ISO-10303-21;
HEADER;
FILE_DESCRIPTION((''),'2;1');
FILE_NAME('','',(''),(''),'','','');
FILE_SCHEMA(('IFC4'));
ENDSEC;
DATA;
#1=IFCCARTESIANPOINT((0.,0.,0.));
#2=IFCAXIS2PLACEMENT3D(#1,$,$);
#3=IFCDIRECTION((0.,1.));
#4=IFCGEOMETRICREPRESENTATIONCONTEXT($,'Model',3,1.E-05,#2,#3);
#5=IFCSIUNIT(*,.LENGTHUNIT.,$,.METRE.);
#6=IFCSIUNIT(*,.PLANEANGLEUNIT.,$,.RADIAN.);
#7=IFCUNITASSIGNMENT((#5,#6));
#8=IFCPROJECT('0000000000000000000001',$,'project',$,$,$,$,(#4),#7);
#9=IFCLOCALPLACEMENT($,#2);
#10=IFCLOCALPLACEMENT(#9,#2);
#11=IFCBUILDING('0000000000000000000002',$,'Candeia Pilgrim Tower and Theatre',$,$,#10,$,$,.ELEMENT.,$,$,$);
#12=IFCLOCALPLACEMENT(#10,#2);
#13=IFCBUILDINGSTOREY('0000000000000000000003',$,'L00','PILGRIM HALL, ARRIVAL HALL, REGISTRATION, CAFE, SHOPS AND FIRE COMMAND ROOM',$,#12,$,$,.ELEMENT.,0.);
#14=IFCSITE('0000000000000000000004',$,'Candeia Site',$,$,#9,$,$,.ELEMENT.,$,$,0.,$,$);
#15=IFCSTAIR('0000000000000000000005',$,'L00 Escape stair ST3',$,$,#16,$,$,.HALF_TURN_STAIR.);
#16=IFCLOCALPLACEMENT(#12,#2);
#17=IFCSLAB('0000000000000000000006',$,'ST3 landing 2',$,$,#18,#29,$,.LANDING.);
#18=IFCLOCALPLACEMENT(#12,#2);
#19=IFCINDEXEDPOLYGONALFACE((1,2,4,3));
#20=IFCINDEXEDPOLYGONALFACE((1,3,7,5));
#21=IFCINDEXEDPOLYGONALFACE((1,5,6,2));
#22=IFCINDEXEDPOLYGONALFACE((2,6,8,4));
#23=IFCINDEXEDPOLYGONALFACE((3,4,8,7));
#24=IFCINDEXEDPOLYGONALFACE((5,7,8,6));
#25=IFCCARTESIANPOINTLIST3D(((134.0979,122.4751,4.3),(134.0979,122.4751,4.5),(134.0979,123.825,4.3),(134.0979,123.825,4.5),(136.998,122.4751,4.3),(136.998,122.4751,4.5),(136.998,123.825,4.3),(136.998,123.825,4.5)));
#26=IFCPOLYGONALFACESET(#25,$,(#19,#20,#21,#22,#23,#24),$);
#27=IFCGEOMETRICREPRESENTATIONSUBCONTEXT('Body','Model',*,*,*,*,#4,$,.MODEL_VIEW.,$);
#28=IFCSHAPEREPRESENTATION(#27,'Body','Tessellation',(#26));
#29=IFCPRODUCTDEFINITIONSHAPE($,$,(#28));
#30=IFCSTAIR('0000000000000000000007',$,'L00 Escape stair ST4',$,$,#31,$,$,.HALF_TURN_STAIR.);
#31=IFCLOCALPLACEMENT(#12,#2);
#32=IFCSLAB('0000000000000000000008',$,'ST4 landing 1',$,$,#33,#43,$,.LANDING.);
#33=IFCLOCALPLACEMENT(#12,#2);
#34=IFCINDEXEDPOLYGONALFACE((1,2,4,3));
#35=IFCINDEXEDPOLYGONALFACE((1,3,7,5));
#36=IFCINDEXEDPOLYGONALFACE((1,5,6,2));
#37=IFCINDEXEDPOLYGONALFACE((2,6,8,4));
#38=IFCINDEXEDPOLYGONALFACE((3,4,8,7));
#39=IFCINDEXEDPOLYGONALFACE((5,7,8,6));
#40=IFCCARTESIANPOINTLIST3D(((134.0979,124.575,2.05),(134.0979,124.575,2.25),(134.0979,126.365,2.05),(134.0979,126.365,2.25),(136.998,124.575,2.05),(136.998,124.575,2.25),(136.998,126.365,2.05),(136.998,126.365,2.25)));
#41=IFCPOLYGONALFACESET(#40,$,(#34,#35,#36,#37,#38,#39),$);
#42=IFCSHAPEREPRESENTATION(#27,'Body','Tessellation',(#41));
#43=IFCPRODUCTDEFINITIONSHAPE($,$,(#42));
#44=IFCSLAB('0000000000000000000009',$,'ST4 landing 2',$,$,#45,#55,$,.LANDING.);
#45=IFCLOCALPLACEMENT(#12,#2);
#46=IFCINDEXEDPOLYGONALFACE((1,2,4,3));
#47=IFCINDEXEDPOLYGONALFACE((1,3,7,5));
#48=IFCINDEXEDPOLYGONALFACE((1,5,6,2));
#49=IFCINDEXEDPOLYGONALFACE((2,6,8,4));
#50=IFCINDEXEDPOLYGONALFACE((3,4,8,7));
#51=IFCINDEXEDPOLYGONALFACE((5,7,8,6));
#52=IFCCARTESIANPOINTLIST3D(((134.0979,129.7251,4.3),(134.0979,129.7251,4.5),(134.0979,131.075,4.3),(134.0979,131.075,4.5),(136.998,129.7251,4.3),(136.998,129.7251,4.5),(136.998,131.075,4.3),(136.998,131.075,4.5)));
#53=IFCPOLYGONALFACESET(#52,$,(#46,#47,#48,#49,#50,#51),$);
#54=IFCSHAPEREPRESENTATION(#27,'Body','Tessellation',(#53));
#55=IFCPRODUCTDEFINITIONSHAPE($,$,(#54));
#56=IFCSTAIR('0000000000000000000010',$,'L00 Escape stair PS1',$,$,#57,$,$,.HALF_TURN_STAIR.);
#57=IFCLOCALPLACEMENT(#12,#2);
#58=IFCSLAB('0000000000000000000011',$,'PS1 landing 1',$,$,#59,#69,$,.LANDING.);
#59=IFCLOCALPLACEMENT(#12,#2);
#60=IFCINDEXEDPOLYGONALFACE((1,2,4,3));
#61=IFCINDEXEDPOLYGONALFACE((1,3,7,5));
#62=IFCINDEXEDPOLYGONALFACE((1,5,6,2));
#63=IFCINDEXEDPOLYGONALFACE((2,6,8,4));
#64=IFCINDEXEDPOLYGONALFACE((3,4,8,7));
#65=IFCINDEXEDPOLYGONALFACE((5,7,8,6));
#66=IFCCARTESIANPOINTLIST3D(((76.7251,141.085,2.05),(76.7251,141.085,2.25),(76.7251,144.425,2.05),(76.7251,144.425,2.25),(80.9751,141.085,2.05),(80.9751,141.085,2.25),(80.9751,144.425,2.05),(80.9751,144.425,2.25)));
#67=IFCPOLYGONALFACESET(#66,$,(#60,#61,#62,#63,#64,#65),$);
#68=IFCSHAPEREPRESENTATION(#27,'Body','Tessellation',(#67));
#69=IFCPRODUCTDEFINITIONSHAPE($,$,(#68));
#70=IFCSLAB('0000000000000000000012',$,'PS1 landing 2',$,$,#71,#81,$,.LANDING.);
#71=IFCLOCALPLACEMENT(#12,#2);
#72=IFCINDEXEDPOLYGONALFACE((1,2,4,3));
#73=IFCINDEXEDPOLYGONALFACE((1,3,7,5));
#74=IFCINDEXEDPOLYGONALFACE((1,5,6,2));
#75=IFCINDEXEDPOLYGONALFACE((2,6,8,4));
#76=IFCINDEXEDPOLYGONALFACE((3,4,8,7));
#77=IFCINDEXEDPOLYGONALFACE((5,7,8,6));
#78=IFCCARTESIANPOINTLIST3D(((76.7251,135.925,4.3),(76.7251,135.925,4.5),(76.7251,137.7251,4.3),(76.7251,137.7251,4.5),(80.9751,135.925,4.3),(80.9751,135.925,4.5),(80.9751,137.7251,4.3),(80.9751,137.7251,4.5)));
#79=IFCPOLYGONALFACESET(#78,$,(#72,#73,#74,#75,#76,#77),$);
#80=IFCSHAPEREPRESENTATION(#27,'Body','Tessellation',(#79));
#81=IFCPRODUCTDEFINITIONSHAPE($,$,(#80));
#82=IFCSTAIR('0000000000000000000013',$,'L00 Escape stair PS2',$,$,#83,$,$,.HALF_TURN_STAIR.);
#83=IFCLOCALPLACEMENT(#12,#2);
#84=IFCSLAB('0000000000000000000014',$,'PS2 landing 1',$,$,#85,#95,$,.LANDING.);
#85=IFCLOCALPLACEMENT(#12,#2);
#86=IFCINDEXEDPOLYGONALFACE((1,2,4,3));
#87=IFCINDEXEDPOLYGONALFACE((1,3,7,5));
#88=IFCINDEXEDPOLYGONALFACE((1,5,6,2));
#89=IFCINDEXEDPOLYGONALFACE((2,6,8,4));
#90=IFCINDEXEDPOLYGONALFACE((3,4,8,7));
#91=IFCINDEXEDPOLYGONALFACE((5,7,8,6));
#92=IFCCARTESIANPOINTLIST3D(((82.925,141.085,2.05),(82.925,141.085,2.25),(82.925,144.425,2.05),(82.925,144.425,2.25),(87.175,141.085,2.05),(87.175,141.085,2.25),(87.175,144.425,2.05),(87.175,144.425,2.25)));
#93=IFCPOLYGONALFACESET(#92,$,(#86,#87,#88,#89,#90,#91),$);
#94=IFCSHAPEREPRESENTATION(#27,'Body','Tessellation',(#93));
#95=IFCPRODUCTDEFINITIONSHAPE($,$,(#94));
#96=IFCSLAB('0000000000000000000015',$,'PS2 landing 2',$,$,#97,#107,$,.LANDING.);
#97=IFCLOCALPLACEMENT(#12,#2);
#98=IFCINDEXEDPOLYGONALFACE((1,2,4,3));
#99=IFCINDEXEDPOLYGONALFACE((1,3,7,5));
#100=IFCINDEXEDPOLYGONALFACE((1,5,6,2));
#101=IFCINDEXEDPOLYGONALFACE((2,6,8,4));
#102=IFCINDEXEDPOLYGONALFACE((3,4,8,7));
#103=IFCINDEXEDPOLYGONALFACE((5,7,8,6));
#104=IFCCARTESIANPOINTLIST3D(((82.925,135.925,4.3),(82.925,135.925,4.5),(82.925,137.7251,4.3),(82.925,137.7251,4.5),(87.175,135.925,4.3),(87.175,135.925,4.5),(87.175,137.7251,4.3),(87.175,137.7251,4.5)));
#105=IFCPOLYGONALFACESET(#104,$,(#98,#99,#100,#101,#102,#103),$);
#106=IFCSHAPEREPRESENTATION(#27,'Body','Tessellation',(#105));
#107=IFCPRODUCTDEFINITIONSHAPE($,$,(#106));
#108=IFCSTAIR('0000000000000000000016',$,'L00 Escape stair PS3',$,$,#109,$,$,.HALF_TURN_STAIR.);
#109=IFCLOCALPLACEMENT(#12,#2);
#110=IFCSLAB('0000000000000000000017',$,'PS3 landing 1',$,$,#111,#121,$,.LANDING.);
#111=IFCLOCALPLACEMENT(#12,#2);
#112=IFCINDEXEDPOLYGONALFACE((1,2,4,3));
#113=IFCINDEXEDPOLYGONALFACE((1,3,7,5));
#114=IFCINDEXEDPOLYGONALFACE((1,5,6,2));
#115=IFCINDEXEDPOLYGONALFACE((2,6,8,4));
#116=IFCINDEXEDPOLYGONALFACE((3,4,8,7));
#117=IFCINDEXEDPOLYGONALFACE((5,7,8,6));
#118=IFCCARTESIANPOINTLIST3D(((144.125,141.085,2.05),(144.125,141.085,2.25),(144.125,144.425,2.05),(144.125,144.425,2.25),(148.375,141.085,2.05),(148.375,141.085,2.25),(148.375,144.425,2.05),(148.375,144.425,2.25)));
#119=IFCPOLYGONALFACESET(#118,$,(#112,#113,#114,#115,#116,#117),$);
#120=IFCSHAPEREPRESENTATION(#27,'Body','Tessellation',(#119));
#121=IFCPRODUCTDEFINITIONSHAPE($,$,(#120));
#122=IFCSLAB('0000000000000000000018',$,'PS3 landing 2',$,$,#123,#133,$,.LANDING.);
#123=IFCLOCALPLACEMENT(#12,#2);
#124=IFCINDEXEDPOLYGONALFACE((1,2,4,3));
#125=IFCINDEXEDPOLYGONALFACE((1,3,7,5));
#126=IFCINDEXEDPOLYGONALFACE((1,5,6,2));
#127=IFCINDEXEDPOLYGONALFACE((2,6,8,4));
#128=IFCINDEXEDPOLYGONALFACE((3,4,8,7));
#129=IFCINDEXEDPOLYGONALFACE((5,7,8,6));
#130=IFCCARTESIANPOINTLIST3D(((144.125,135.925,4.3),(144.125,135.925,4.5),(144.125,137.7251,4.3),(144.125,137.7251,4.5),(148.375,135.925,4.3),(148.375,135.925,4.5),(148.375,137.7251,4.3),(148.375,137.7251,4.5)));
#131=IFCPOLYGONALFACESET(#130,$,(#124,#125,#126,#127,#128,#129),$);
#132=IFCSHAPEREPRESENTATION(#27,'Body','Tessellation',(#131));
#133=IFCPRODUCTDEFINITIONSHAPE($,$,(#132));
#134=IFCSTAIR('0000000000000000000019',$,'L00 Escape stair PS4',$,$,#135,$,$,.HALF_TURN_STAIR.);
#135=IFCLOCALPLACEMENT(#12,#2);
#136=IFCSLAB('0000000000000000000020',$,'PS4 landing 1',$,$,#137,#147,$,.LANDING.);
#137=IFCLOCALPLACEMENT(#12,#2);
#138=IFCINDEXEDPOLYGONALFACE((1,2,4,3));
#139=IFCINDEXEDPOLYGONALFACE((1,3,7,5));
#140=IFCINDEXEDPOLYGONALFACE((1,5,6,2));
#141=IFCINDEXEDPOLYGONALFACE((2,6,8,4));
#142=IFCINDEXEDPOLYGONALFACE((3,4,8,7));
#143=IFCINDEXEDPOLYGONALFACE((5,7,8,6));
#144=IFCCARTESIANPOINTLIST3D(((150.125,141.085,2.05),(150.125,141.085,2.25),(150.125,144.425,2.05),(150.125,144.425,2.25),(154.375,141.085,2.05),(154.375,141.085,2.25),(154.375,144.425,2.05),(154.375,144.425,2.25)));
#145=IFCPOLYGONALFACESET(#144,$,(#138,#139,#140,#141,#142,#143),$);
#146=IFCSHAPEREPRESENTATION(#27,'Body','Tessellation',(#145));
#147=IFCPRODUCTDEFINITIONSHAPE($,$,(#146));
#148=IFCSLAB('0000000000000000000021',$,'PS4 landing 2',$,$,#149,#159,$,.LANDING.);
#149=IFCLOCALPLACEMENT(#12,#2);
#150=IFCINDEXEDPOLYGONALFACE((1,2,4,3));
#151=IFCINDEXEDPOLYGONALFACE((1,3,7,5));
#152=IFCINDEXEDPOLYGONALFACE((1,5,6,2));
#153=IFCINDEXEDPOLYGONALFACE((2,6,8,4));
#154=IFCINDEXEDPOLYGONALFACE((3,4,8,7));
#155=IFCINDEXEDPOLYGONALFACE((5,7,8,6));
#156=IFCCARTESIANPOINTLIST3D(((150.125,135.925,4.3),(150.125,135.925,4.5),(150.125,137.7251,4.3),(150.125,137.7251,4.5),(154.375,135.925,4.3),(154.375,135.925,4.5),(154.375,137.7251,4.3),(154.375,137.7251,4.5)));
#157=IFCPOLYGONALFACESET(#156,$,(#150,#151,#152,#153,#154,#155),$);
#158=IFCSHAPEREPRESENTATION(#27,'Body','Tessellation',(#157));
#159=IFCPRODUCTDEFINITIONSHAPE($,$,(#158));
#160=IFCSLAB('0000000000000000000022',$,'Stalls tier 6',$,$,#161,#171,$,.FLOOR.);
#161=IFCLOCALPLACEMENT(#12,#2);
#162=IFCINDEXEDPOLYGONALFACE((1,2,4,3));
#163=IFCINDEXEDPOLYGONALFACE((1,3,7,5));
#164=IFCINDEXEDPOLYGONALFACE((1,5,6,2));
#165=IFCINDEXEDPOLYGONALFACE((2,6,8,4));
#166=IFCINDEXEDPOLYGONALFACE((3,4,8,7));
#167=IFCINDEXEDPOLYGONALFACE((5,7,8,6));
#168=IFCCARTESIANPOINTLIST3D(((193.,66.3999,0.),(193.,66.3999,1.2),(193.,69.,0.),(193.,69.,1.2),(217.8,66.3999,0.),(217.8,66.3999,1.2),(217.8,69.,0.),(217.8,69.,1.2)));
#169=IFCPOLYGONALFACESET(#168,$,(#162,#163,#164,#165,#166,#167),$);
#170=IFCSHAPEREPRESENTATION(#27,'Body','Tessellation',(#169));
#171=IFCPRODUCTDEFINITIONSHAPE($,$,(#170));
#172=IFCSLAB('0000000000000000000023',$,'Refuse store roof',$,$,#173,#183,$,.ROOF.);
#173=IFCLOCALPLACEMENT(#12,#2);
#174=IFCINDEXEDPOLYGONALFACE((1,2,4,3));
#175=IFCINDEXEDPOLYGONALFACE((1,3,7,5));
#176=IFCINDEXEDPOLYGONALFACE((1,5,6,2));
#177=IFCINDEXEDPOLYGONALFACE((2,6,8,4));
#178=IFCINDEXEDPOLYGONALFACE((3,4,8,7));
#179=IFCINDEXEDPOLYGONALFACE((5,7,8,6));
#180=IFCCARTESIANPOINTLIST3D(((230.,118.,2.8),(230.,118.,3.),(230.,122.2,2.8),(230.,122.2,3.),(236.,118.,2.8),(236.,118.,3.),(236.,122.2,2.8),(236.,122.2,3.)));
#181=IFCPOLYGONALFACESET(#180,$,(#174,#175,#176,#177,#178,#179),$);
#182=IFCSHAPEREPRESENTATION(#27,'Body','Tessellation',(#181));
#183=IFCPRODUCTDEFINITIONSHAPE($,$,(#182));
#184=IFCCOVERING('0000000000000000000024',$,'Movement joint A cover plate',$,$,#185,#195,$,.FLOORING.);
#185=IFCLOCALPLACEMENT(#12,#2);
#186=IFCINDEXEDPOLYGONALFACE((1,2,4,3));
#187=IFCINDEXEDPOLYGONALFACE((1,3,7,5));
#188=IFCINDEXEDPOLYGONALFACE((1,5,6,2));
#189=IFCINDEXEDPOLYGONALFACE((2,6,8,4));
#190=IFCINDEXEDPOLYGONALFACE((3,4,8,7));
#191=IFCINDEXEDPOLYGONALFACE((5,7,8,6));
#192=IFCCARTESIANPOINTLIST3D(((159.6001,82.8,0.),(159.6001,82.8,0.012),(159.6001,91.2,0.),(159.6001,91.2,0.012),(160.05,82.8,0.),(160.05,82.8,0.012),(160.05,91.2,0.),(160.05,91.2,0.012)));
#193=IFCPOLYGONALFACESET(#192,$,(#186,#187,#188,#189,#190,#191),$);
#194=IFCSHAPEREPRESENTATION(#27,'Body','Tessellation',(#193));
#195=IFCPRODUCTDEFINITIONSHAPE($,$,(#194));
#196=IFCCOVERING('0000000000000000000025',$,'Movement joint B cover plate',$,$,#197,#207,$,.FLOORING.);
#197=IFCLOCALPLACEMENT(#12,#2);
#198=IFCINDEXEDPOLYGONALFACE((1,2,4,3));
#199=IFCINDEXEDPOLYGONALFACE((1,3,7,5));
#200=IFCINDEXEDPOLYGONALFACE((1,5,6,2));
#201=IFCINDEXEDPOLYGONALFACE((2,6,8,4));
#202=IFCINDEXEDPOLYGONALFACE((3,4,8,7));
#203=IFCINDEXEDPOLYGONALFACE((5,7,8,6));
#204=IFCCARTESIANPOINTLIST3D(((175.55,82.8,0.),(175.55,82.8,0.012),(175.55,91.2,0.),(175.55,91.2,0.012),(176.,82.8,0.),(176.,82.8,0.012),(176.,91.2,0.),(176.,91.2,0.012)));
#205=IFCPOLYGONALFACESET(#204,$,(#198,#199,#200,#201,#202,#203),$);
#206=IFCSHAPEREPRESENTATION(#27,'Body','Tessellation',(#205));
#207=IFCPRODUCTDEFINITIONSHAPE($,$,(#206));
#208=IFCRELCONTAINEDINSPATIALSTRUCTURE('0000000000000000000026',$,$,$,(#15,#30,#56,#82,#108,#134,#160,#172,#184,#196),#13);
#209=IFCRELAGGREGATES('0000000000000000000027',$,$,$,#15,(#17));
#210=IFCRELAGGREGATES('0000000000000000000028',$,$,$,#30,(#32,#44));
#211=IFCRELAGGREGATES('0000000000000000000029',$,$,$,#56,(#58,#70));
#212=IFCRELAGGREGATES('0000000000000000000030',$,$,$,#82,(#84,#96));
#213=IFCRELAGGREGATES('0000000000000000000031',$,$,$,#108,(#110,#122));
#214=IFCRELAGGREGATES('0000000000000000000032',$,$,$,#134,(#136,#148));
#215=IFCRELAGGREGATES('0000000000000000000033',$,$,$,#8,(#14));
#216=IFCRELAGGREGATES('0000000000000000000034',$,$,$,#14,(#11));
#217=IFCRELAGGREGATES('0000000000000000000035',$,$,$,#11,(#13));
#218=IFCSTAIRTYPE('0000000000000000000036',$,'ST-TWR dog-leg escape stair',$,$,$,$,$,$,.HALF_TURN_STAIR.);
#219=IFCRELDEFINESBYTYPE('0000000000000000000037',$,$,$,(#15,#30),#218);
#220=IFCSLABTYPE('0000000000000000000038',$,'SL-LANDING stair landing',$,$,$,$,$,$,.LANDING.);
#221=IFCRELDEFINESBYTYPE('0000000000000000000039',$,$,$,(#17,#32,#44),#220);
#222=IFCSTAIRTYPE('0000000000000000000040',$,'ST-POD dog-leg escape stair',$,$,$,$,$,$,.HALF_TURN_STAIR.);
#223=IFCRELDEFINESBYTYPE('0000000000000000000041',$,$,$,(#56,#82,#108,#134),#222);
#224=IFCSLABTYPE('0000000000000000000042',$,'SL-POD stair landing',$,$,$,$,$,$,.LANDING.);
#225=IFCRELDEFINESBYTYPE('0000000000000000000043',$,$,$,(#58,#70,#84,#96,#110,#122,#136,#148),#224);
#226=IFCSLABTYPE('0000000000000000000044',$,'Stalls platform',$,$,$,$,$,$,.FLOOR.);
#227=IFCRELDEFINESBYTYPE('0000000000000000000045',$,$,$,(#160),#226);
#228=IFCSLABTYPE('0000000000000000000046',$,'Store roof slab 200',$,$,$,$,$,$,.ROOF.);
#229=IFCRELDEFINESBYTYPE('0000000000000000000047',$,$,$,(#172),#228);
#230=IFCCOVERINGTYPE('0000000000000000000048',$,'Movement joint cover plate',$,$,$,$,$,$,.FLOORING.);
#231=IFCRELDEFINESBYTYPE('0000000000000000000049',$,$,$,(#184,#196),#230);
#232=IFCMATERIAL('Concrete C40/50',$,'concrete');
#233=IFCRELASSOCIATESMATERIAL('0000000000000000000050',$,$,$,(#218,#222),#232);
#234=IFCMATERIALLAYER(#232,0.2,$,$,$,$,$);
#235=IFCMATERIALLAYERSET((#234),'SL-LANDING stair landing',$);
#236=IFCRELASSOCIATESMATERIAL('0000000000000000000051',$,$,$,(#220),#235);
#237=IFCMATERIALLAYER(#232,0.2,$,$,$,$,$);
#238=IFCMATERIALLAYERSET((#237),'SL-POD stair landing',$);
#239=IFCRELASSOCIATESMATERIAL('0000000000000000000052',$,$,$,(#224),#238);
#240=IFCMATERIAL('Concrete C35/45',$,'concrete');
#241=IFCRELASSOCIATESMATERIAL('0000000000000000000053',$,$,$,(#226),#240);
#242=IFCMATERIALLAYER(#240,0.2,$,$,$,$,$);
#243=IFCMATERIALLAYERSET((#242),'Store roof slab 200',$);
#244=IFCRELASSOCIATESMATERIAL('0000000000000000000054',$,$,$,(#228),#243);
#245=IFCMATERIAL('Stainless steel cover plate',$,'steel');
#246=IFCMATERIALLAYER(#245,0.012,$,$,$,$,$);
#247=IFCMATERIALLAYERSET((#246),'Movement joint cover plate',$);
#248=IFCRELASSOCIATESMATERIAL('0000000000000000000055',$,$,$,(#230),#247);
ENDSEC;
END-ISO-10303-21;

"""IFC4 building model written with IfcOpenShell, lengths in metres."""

from ifc_helpers import new_model, si_unit, direction, frame, origin, place, context, subcontext, project, spatial, polyline, outline, extrude, material, layer, layer_set, type_object, element, aggregate, save


model = new_model("IFC4")

# Units and contexts
model_context = context("Model", 3, precision=1e-05, world=origin(), true_north=direction((0.0, 1.0)))
body_context = subcontext(model_context, "Body", "Model", "MODEL_VIEW")
ifc_project = project(units=[si_unit("LENGTHUNIT", "METRE"), si_unit("PLANEANGLEUNIT", "RADIAN")], contexts=[model_context])

# Site, building, storey
site_placement = place(None, origin())
site = spatial("IfcSite", under=ifc_project, at=site_placement, Name="Candeia Site", CompositionType="ELEMENT", RefElevation=0.0)
building_placement = place(site_placement, origin())
building = spatial("IfcBuilding", under=site, at=building_placement, Name="Candeia Pilgrim Tower and Theatre", CompositionType="ELEMENT")
storey_placement = place(building_placement, origin())
storey = spatial("IfcBuildingStorey", under=building, at=storey_placement, Name="L00", Description="PILGRIM HALL, ARRIVAL HALL, REGISTRATION, CAFE, SHOPS AND FIRE COMMAND ROOM", CompositionType="ELEMENT", Elevation=0.0)

# Shared definitions
ifc_material_1 = material(Name="Concrete C35/45", Category="concrete")

# Stairs, slabs
ifc_material_2 = material(Name="Concrete C40/50", Category="concrete")
stair_type_1 = type_object("IfcStairType", Name="ST-TWR dog-leg escape stair", PredefinedType="HALF_TURN_STAIR", material=ifc_material_2)
ifc_layer_1 = layer(ifc_material_2, 0.2)
ifc_layer_set_1 = layer_set([ifc_layer_1], Name="SL-LANDING stair landing")
slab_type_1 = type_object("IfcSlabType", Name="SL-LANDING stair landing", PredefinedType="LANDING", material=ifc_layer_set_1)
stair_1_placement = place(storey_placement, origin())
stair_1 = element("IfcStair", 1, at=stair_1_placement, inside=storey, type_object=stair_type_1, Name="L00 Escape stair ST3", PredefinedType="HALF_TURN_STAIR")
slab_1_placement = place(storey_placement, frame((0.0, 0.0, 4.3)))
slab_1 = element("IfcSlab", 2, at=slab_1_placement, type_object=slab_type_1, Name="ST3 landing 2", PredefinedType="LANDING", context=body_context, shape_type="SweptSolid", body=[
    extrude(outline(polyline([(134.0979, 123.825), (134.0979, 122.4751), (136.998, 122.4751), (136.998, 123.825), (134.0979, 123.825)])), origin(), (0.0, 0.0, 1.0), 0.2),
])
aggregate(stair_1, [slab_1])
stair_2_placement = place(storey_placement, origin())
stair_2 = element("IfcStair", 3, at=stair_2_placement, inside=storey, type_object=stair_type_1, Name="L00 Escape stair ST4", PredefinedType="HALF_TURN_STAIR")
slab_2_placement = place(storey_placement, frame((0.0, 0.0, 2.05)))
slab_2 = element("IfcSlab", 4, at=slab_2_placement, type_object=slab_type_1, Name="ST4 landing 1", PredefinedType="LANDING", context=body_context, shape_type="SweptSolid", body=[
    extrude(outline(polyline([(134.0979, 126.365), (134.0979, 124.575), (136.998, 124.575), (136.998, 126.365), (134.0979, 126.365)])), origin(), (0.0, 0.0, 1.0), 0.2),
])
slab_3_placement = place(storey_placement, frame((0.0, 0.0, 4.3)))
slab_3 = element("IfcSlab", 5, at=slab_3_placement, type_object=slab_type_1, Name="ST4 landing 2", PredefinedType="LANDING", context=body_context, shape_type="SweptSolid", body=[
    extrude(outline(polyline([(134.0979, 131.075), (134.0979, 129.7251), (136.998, 129.7251), (136.998, 131.075), (134.0979, 131.075)])), origin(), (0.0, 0.0, 1.0), 0.2),
])
aggregate(stair_2, [slab_2, slab_3])
stair_type_2 = type_object("IfcStairType", Name="ST-POD dog-leg escape stair", PredefinedType="HALF_TURN_STAIR", material=ifc_material_2)
stair_3_placement = place(storey_placement, origin())
stair_3 = element("IfcStair", 6, at=stair_3_placement, inside=storey, type_object=stair_type_2, Name="L00 Escape stair PS1", PredefinedType="HALF_TURN_STAIR")
ifc_layer_2 = layer(ifc_material_2, 0.2)
ifc_layer_set_2 = layer_set([ifc_layer_2], Name="SL-POD stair landing")
slab_type_2 = type_object("IfcSlabType", Name="SL-POD stair landing", PredefinedType="LANDING", material=ifc_layer_set_2)
slab_4_placement = place(storey_placement, frame((0.0, 0.0, 2.05)))
slab_4 = element("IfcSlab", 7, at=slab_4_placement, type_object=slab_type_2, Name="PS1 landing 1", PredefinedType="LANDING", context=body_context, shape_type="SweptSolid", body=[
    extrude(outline(polyline([(80.9751, 141.085), (80.9751, 144.425), (76.7251, 144.425), (76.7251, 141.085), (80.9751, 141.085)])), origin(), (0.0, 0.0, 1.0), 0.2),
])
slab_5_placement = place(storey_placement, frame((0.0, 0.0, 4.3)))
slab_5 = element("IfcSlab", 8, at=slab_5_placement, type_object=slab_type_2, Name="PS1 landing 2", PredefinedType="LANDING", context=body_context, shape_type="SweptSolid", body=[
    extrude(outline(polyline([(80.9751, 135.925), (80.9751, 137.7251), (76.7251, 137.7251), (76.7251, 135.925), (80.9751, 135.925)])), origin(), (0.0, 0.0, 1.0), 0.2),
])
aggregate(stair_3, [slab_4, slab_5])
stair_4_placement = place(storey_placement, origin())
stair_4 = element("IfcStair", 9, at=stair_4_placement, inside=storey, type_object=stair_type_2, Name="L00 Escape stair PS2", PredefinedType="HALF_TURN_STAIR")
slab_6_placement = place(storey_placement, frame((0.0, 0.0, 2.05)))
slab_6 = element("IfcSlab", 10, at=slab_6_placement, type_object=slab_type_2, Name="PS2 landing 1", PredefinedType="LANDING", context=body_context, shape_type="SweptSolid", body=[
    extrude(outline(polyline([(87.175, 141.085), (87.175, 144.425), (82.925, 144.425), (82.925, 141.085), (87.175, 141.085)])), origin(), (0.0, 0.0, 1.0), 0.2),
])
slab_7_placement = place(storey_placement, frame((0.0, 0.0, 4.3)))
slab_7 = element("IfcSlab", 11, at=slab_7_placement, type_object=slab_type_2, Name="PS2 landing 2", PredefinedType="LANDING", context=body_context, shape_type="SweptSolid", body=[
    extrude(outline(polyline([(87.175, 135.925), (87.175, 137.7251), (82.925, 137.7251), (82.925, 135.925), (87.175, 135.925)])), origin(), (0.0, 0.0, 1.0), 0.2),
])
aggregate(stair_4, [slab_6, slab_7])
stair_5_placement = place(storey_placement, origin())
stair_5 = element("IfcStair", 12, at=stair_5_placement, inside=storey, type_object=stair_type_2, Name="L00 Escape stair PS3", PredefinedType="HALF_TURN_STAIR")
slab_8_placement = place(storey_placement, frame((0.0, 0.0, 2.05)))
slab_8 = element("IfcSlab", 13, at=slab_8_placement, type_object=slab_type_2, Name="PS3 landing 1", PredefinedType="LANDING", context=body_context, shape_type="SweptSolid", body=[
    extrude(outline(polyline([(148.375, 141.085), (148.375, 144.425), (144.125, 144.425), (144.125, 141.085), (148.375, 141.085)])), origin(), (0.0, 0.0, 1.0), 0.2),
])
slab_9_placement = place(storey_placement, frame((0.0, 0.0, 4.3)))
slab_9 = element("IfcSlab", 14, at=slab_9_placement, type_object=slab_type_2, Name="PS3 landing 2", PredefinedType="LANDING", context=body_context, shape_type="SweptSolid", body=[
    extrude(outline(polyline([(148.375, 135.925), (148.375, 137.7251), (144.125, 137.7251), (144.125, 135.925), (148.375, 135.925)])), origin(), (0.0, 0.0, 1.0), 0.2),
])
aggregate(stair_5, [slab_8, slab_9])
stair_6_placement = place(storey_placement, origin())
stair_6 = element("IfcStair", 15, at=stair_6_placement, inside=storey, type_object=stair_type_2, Name="L00 Escape stair PS4", PredefinedType="HALF_TURN_STAIR")
slab_10_placement = place(storey_placement, frame((0.0, 0.0, 2.05)))
slab_10 = element("IfcSlab", 16, at=slab_10_placement, type_object=slab_type_2, Name="PS4 landing 1", PredefinedType="LANDING", context=body_context, shape_type="SweptSolid", body=[
    extrude(outline(polyline([(154.375, 141.085), (154.375, 144.425), (150.125, 144.425), (150.125, 141.085), (154.375, 141.085)])), origin(), (0.0, 0.0, 1.0), 0.2),
])
slab_11_placement = place(storey_placement, frame((0.0, 0.0, 4.3)))
slab_11 = element("IfcSlab", 17, at=slab_11_placement, type_object=slab_type_2, Name="PS4 landing 2", PredefinedType="LANDING", context=body_context, shape_type="SweptSolid", body=[
    extrude(outline(polyline([(154.375, 135.925), (154.375, 137.7251), (150.125, 137.7251), (150.125, 135.925), (154.375, 135.925)])), origin(), (0.0, 0.0, 1.0), 0.2),
])
aggregate(stair_6, [slab_10, slab_11])

# Slabs
slab_type_3 = type_object("IfcSlabType", Name="Stalls platform", PredefinedType="FLOOR", material=ifc_material_1)
slab_12_placement = place(storey_placement, origin())
element("IfcSlab", 18, at=slab_12_placement, inside=storey, type_object=slab_type_3, Name="Stalls tier 6", PredefinedType="FLOOR", context=body_context, shape_type="SweptSolid", body=[
    extrude(outline(polyline([(193.0, 66.3999), (217.8, 66.3999), (217.8, 69.0), (193.0, 69.0), (193.0, 66.3999)])), origin(), (0.0, 0.0, 1.0), 1.2),
])
ifc_layer_3 = layer(ifc_material_1, 0.2)
ifc_layer_set_3 = layer_set([ifc_layer_3], Name="Store roof slab 200")
slab_type_4 = type_object("IfcSlabType", Name="Store roof slab 200", PredefinedType="ROOF", material=ifc_layer_set_3)
slab_13_placement = place(storey_placement, frame((0.0, 0.0, 2.8)))
element("IfcSlab", 19, at=slab_13_placement, inside=storey, type_object=slab_type_4, Name="Refuse store roof", PredefinedType="ROOF", context=body_context, shape_type="SweptSolid", body=[
    extrude(outline(polyline([(230.0, 118.0), (236.0, 118.0), (236.0, 122.2), (230.0, 122.2), (230.0, 118.0)])), origin(), (0.0, 0.0, 1.0), 0.2),
])

# Coverings
ifc_material_3 = material(Name="Stainless steel cover plate", Category="steel")
ifc_layer_4 = layer(ifc_material_3, 0.012)
ifc_layer_set_4 = layer_set([ifc_layer_4], Name="Movement joint cover plate")
covering_type = type_object("IfcCoveringType", Name="Movement joint cover plate", PredefinedType="FLOORING", material=ifc_layer_set_4)
covering_1_placement = place(storey_placement, origin())
element("IfcCovering", 20, at=covering_1_placement, inside=storey, type_object=covering_type, Name="Movement joint A cover plate", PredefinedType="FLOORING", context=body_context, shape_type="SweptSolid", body=[
    extrude(outline(polyline([(159.6001, 82.8), (160.05, 82.8), (160.05, 91.2), (159.6001, 91.2), (159.6001, 82.8)])), origin(), (0.0, 0.0, 1.0), 0.012),
])
covering_2_placement = place(storey_placement, origin())
element("IfcCovering", 21, at=covering_2_placement, inside=storey, type_object=covering_type, Name="Movement joint B cover plate", PredefinedType="FLOORING", context=body_context, shape_type="SweptSolid", body=[
    extrude(outline(polyline([(175.55, 82.8), (176.0, 82.8), (176.0, 91.2), (175.55, 91.2), (175.55, 82.8)])), origin(), (0.0, 0.0, 1.0), 0.012),
])

save(model, "model.ifc")
